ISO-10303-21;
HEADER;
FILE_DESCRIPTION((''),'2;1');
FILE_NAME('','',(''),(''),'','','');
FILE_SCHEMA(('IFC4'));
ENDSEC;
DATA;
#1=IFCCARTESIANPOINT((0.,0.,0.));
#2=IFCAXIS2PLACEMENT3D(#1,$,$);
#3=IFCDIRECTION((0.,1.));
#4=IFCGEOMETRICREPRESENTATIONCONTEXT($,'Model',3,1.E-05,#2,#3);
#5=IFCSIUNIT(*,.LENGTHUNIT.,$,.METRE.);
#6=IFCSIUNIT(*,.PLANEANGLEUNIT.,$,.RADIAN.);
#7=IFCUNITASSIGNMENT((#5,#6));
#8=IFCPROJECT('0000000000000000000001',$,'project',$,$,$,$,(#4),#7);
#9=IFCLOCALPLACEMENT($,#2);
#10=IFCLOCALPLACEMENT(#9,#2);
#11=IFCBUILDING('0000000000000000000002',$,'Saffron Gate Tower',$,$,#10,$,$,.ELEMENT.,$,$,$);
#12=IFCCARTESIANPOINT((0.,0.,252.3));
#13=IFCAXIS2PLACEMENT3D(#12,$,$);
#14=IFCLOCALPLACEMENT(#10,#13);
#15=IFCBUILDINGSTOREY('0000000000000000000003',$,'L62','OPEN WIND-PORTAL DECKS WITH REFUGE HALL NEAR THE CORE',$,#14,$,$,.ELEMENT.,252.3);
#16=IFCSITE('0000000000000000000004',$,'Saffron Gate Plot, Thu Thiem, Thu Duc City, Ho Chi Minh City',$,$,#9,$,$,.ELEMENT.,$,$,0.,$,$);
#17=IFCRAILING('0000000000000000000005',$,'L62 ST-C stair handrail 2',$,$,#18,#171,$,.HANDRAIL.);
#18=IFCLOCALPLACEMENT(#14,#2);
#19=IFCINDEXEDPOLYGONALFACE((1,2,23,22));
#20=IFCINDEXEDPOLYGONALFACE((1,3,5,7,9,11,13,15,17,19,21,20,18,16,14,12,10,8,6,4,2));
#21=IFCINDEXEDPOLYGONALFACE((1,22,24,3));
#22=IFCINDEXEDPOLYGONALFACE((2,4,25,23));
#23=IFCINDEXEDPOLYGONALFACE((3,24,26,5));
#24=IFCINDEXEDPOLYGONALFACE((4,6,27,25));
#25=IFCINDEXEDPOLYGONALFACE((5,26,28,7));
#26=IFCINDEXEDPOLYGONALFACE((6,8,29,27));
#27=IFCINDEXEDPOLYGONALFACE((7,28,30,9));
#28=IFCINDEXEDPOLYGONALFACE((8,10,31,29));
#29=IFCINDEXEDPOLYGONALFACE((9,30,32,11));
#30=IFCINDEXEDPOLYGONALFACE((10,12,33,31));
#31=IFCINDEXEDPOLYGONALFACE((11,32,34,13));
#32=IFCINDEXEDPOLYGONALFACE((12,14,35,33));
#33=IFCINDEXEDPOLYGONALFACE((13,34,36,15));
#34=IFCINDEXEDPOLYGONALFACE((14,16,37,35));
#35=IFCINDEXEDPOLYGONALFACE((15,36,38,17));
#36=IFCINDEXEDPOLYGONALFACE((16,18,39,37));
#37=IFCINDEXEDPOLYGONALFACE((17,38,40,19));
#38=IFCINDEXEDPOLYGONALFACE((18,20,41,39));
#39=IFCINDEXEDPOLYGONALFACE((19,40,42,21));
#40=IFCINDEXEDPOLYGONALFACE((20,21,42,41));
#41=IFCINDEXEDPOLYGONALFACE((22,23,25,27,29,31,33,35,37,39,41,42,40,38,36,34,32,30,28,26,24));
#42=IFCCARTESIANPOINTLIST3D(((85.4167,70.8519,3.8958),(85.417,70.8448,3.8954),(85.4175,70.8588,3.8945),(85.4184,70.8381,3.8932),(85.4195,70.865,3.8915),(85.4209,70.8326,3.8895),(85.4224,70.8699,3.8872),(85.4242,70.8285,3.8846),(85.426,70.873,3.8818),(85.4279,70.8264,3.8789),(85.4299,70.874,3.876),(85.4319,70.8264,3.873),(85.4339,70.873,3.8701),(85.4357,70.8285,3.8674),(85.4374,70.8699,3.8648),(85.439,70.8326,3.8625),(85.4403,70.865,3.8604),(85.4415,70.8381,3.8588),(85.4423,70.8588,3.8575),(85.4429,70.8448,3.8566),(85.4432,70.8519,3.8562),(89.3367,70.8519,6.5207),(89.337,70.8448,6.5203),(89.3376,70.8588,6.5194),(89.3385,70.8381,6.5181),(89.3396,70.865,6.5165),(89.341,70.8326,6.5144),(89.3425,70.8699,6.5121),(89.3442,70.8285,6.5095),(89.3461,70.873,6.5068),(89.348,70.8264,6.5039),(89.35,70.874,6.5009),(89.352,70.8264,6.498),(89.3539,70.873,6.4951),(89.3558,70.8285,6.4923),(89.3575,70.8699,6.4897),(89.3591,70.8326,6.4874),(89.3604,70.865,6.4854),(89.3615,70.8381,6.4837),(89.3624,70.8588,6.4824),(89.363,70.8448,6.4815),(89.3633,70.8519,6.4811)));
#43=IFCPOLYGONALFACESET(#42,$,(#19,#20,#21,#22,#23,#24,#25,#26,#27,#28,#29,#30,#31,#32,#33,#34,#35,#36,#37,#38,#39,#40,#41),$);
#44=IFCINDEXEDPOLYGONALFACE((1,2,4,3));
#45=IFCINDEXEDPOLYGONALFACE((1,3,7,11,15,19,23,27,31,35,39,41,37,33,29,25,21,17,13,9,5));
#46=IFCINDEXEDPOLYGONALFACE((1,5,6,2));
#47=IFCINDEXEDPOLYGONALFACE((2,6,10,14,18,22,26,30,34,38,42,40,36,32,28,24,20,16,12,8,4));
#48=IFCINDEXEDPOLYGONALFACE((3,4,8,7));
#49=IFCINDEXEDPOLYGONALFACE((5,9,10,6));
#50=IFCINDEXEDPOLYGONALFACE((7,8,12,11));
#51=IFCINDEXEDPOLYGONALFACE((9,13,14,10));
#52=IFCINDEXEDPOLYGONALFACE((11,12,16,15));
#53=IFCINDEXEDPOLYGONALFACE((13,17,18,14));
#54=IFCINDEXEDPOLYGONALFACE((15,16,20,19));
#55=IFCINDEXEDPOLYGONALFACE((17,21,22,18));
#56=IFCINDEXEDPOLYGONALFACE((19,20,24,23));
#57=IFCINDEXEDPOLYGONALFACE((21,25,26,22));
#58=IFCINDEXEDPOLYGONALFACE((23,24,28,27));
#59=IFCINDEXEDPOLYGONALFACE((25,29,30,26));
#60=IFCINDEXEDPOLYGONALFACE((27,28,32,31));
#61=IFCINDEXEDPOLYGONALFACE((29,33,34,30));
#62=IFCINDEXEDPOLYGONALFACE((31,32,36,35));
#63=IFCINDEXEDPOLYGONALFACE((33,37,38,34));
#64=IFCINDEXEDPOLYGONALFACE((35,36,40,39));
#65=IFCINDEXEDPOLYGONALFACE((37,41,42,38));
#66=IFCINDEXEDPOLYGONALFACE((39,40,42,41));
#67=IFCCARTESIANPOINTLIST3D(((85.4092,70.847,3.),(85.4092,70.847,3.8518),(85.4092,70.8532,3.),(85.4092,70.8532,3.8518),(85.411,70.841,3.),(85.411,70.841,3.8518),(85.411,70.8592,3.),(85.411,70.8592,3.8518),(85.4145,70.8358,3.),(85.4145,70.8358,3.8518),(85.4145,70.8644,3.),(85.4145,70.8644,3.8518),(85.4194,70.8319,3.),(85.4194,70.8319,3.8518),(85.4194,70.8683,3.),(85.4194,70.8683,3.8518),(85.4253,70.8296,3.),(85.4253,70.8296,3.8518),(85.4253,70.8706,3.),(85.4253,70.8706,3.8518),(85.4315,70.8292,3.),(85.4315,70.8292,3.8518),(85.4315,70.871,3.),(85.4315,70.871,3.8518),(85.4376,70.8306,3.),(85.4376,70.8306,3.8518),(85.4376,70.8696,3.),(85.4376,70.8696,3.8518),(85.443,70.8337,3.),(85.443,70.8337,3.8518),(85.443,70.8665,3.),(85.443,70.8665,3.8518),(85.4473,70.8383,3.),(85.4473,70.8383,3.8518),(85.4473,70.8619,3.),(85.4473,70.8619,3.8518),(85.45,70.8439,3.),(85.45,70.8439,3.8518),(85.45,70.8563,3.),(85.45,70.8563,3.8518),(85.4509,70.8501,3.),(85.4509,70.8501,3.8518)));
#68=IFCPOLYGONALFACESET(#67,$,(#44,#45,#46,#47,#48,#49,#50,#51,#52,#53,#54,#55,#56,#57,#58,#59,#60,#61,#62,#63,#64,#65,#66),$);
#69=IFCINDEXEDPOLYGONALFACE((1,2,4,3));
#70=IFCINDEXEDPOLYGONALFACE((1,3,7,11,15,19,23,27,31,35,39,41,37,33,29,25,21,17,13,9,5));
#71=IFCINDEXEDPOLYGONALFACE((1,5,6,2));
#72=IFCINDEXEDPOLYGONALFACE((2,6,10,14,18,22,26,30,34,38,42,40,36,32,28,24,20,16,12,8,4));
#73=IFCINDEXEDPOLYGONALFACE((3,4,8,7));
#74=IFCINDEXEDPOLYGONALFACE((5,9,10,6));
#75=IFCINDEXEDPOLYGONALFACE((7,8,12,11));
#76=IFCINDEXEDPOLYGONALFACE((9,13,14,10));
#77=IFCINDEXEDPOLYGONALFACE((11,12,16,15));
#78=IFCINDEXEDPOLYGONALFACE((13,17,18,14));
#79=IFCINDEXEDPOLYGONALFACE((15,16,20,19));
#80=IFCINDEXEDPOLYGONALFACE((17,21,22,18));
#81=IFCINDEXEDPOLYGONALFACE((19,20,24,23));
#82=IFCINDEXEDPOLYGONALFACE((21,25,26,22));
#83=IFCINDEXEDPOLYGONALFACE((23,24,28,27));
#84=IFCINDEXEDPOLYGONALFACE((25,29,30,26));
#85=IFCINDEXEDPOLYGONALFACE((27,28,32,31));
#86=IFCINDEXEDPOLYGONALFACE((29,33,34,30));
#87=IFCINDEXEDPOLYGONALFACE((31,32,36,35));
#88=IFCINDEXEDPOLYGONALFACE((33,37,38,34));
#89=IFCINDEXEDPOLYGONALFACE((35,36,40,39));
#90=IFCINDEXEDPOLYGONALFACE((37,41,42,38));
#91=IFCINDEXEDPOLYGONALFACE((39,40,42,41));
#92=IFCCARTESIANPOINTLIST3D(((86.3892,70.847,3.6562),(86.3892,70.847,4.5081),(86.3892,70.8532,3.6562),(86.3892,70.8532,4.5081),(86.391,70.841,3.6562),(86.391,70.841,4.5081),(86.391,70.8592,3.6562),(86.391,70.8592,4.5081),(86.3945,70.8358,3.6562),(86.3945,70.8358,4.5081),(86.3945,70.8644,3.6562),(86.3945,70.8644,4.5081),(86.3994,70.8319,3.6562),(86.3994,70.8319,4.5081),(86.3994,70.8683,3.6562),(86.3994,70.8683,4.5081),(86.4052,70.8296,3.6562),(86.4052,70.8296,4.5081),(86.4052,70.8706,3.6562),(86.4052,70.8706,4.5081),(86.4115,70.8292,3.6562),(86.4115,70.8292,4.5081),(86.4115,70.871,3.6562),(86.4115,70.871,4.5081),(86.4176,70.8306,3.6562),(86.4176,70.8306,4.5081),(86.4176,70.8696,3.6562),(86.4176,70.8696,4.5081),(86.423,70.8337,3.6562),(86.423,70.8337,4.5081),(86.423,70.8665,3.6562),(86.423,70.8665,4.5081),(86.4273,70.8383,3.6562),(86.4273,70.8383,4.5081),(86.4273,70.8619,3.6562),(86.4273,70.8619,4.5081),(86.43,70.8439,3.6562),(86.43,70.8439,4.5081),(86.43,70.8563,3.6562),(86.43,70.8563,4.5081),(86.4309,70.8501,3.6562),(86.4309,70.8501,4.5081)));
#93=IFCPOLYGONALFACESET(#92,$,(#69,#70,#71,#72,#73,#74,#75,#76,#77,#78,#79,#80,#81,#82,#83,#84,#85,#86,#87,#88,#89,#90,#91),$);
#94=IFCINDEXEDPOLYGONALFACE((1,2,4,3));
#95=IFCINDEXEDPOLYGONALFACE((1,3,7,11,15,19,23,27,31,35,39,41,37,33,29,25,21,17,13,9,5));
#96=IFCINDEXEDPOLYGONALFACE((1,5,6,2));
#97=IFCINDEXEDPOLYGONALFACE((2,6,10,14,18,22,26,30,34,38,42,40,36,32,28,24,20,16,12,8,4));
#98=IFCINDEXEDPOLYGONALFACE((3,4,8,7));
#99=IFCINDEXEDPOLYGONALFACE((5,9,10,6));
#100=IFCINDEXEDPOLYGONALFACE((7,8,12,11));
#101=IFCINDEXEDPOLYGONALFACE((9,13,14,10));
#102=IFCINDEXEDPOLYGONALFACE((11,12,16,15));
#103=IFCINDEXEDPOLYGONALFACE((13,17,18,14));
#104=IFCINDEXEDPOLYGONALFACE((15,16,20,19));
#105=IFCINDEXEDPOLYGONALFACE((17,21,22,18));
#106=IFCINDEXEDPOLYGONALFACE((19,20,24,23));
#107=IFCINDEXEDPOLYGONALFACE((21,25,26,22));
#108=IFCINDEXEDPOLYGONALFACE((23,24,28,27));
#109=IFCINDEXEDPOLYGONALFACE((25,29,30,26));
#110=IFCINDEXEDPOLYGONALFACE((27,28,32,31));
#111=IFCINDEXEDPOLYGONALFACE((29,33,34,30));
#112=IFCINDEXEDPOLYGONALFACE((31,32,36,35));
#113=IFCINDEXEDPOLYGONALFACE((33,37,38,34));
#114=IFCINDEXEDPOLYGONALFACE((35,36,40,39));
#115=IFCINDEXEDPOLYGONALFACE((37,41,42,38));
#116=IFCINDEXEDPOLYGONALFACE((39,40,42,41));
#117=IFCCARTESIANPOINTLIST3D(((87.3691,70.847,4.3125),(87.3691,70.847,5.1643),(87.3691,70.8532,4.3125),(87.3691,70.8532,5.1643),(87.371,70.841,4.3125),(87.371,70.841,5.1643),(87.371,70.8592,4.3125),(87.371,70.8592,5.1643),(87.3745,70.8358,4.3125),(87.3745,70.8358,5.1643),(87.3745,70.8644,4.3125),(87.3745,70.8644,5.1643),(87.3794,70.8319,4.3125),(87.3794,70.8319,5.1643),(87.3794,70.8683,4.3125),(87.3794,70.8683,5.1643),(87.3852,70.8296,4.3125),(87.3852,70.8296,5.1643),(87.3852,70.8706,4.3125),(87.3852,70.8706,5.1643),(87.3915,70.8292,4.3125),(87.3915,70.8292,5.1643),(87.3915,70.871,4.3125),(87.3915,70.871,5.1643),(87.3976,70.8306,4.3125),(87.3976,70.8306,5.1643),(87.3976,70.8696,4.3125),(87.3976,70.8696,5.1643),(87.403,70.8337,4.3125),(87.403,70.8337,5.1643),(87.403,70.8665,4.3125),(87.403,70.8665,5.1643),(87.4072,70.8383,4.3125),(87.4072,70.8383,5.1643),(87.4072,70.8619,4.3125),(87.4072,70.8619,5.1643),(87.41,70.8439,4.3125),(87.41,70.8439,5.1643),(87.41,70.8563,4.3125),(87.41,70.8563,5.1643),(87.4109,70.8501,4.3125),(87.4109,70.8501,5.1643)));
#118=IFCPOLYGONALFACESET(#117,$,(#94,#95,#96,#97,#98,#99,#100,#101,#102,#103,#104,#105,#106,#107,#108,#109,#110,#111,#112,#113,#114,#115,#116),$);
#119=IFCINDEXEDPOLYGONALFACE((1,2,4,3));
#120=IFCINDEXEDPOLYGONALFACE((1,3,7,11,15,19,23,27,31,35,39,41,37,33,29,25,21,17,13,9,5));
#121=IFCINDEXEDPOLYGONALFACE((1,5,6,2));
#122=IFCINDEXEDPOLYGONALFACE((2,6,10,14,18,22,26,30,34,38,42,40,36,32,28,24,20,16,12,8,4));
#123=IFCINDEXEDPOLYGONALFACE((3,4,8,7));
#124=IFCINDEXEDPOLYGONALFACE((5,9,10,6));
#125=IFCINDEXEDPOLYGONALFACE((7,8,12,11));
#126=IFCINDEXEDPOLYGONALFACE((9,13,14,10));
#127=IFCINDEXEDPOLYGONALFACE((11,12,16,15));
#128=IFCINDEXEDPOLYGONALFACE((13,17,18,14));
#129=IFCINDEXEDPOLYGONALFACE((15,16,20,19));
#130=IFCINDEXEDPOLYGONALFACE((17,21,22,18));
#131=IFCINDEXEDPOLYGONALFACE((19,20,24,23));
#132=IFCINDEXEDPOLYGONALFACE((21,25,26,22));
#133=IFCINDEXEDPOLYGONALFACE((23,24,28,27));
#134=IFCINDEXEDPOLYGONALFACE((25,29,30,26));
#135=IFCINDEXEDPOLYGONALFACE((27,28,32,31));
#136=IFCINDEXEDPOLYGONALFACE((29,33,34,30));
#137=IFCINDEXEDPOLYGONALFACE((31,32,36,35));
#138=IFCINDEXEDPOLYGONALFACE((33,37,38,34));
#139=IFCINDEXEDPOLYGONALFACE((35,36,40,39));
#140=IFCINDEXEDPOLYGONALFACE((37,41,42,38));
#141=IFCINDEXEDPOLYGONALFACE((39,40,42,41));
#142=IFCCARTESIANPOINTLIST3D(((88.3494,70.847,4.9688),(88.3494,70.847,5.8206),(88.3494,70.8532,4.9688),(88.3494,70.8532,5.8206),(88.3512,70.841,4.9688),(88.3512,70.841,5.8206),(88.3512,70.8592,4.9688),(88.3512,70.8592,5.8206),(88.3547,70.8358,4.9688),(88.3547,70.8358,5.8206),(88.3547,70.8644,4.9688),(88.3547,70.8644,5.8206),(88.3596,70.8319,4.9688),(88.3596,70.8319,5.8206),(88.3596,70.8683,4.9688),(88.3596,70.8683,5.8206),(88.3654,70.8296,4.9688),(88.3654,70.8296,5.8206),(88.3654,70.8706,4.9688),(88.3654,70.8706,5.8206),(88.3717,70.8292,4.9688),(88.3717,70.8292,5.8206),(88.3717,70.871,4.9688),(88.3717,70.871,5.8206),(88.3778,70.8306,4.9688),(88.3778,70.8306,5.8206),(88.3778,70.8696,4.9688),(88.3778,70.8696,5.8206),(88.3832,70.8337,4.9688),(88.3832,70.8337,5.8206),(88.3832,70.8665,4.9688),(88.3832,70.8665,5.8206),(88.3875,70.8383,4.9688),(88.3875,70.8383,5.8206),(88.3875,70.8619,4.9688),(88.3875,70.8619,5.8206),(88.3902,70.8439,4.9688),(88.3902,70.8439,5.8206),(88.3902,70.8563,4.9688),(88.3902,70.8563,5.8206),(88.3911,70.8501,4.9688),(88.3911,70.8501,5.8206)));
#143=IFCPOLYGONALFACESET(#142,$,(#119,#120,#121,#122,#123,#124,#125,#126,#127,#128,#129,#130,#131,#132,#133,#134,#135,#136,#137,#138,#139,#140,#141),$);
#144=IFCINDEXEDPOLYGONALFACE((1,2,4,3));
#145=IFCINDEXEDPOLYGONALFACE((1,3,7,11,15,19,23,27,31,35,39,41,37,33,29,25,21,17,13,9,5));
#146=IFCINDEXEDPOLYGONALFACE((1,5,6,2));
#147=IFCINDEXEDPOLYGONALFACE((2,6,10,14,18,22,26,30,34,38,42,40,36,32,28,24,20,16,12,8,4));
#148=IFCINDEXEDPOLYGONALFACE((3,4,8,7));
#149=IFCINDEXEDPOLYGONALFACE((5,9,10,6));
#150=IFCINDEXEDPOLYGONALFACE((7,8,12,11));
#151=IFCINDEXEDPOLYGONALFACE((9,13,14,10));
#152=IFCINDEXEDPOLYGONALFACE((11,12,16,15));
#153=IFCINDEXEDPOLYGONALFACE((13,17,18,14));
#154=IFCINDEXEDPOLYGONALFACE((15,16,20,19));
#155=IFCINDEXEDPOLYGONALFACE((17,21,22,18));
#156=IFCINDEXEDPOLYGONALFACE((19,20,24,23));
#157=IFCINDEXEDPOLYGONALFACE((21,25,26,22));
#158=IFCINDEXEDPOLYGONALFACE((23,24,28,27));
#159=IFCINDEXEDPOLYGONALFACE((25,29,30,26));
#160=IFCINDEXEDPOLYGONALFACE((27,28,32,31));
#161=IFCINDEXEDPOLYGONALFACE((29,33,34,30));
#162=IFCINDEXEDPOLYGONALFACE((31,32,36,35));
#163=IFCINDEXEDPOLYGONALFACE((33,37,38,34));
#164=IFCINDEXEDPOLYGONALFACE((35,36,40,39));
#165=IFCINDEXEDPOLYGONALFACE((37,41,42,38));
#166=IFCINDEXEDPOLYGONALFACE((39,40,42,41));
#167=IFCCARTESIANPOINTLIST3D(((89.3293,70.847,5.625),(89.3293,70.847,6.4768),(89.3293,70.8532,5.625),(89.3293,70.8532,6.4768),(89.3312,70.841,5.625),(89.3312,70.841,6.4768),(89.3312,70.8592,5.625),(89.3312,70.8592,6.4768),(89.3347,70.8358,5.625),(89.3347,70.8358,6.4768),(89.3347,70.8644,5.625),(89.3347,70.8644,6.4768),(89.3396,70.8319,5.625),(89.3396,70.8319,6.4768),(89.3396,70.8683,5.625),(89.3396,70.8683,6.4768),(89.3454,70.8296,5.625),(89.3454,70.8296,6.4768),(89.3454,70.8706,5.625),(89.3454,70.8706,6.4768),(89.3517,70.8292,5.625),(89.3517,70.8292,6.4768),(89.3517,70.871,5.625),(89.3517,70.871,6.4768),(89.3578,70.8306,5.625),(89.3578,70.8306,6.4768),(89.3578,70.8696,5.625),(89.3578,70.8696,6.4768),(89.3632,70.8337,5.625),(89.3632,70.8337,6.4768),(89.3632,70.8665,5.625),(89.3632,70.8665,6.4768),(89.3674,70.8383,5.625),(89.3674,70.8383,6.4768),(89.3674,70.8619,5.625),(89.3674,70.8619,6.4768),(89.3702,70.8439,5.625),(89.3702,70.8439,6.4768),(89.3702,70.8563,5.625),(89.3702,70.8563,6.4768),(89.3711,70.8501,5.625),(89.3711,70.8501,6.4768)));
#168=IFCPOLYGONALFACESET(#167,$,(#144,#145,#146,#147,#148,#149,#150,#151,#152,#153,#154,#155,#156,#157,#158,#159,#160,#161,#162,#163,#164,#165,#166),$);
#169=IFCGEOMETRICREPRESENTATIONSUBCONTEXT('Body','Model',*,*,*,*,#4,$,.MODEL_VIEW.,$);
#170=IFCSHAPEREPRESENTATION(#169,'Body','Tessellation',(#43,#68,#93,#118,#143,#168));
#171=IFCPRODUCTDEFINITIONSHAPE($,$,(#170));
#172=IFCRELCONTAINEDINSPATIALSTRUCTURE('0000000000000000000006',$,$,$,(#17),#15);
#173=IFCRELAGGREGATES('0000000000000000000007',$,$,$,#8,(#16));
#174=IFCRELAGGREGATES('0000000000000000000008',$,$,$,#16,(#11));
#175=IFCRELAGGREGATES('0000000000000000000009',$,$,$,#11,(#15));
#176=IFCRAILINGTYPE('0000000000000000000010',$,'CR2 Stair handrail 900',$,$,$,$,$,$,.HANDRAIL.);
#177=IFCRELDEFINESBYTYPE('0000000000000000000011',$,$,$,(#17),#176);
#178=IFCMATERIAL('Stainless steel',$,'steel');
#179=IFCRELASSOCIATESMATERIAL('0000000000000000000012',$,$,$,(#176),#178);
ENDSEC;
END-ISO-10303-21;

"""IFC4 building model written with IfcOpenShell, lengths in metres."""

from ifc_helpers import new_model, si_unit, direction, frame, origin, origin_2d, place, context, subcontext, project, spatial, circle, extrude, material, type_object, element, save


model = new_model("IFC4")

# Units and contexts
model_context = context("Model", 3, precision=1e-05, world=origin(), true_north=direction((0.0, 1.0)))
body_context = subcontext(model_context, "Body", "Model", "MODEL_VIEW")
ifc_project = project(units=[si_unit("LENGTHUNIT", "METRE"), si_unit("PLANEANGLEUNIT", "RADIAN")], contexts=[model_context])

# Site, building, storey
site_placement = place(None, origin())
site = spatial("IfcSite", under=ifc_project, at=site_placement, Name="Saffron Gate Plot, Thu Thiem, Thu Duc City, Ho Chi Minh City", CompositionType="ELEMENT", RefElevation=0.0)
building_placement = place(site_placement, origin())
building = spatial("IfcBuilding", under=site, at=building_placement, Name="Saffron Gate Tower", CompositionType="ELEMENT")
storey_placement = place(building_placement, frame((0.0, 0.0, 252.3)))
storey = spatial("IfcBuildingStorey", under=building, at=storey_placement, Name="L62", Description="OPEN WIND-PORTAL DECKS WITH REFUGE HALL NEAR THE CORE", CompositionType="ELEMENT", Elevation=252.3)

# Railing
ifc_material_1 = material(Name="Stainless steel", Category="steel")
railing_type = type_object("IfcRailingType", Name="CR2 Stair handrail 900", PredefinedType="HANDRAIL", material=ifc_material_1)
railing_1_placement = place(storey_placement, frame((85.4299, 70.8501, 3.0)))
element("IfcRailing", 1, at=railing_1_placement, inside=storey, type_object=railing_type, Name="L62 ST-C stair handrail 2", PredefinedType="HANDRAIL", context=body_context, shape_type="SweptSolid", body=[
    extrude(circle(Radius=0.0239, at=origin_2d()), frame((0.0, 0.0, 0.876), z_axis=(0.830918, 0.0, 0.556395), x_axis=(0.0, 1.0, 0.0)), (0.0, 0.0, 1.0), 4.7178),
    extrude(circle(Radius=0.021, at=origin_2d()), origin(), (0.0, 0.0, 1.0), 0.8518),
    extrude(circle(Radius=0.021, at=origin_2d()), frame((0.98, 0.0, 0.6562)), (0.0, 0.0, 1.0), 0.8518),
    extrude(circle(Radius=0.021, at=origin_2d()), frame((1.96, 0.0, 1.3125)), (0.0, 0.0, 1.0), 0.8518),
    extrude(circle(Radius=0.021, at=origin_2d()), frame((2.9402, 0.0, 1.9688)), (0.0, 0.0, 1.0), 0.8518),
    extrude(circle(Radius=0.021, at=origin_2d()), frame((3.9202, 0.0, 2.625)), (0.0, 0.0, 1.0), 0.8518),
])

save(model, "model.ifc")
